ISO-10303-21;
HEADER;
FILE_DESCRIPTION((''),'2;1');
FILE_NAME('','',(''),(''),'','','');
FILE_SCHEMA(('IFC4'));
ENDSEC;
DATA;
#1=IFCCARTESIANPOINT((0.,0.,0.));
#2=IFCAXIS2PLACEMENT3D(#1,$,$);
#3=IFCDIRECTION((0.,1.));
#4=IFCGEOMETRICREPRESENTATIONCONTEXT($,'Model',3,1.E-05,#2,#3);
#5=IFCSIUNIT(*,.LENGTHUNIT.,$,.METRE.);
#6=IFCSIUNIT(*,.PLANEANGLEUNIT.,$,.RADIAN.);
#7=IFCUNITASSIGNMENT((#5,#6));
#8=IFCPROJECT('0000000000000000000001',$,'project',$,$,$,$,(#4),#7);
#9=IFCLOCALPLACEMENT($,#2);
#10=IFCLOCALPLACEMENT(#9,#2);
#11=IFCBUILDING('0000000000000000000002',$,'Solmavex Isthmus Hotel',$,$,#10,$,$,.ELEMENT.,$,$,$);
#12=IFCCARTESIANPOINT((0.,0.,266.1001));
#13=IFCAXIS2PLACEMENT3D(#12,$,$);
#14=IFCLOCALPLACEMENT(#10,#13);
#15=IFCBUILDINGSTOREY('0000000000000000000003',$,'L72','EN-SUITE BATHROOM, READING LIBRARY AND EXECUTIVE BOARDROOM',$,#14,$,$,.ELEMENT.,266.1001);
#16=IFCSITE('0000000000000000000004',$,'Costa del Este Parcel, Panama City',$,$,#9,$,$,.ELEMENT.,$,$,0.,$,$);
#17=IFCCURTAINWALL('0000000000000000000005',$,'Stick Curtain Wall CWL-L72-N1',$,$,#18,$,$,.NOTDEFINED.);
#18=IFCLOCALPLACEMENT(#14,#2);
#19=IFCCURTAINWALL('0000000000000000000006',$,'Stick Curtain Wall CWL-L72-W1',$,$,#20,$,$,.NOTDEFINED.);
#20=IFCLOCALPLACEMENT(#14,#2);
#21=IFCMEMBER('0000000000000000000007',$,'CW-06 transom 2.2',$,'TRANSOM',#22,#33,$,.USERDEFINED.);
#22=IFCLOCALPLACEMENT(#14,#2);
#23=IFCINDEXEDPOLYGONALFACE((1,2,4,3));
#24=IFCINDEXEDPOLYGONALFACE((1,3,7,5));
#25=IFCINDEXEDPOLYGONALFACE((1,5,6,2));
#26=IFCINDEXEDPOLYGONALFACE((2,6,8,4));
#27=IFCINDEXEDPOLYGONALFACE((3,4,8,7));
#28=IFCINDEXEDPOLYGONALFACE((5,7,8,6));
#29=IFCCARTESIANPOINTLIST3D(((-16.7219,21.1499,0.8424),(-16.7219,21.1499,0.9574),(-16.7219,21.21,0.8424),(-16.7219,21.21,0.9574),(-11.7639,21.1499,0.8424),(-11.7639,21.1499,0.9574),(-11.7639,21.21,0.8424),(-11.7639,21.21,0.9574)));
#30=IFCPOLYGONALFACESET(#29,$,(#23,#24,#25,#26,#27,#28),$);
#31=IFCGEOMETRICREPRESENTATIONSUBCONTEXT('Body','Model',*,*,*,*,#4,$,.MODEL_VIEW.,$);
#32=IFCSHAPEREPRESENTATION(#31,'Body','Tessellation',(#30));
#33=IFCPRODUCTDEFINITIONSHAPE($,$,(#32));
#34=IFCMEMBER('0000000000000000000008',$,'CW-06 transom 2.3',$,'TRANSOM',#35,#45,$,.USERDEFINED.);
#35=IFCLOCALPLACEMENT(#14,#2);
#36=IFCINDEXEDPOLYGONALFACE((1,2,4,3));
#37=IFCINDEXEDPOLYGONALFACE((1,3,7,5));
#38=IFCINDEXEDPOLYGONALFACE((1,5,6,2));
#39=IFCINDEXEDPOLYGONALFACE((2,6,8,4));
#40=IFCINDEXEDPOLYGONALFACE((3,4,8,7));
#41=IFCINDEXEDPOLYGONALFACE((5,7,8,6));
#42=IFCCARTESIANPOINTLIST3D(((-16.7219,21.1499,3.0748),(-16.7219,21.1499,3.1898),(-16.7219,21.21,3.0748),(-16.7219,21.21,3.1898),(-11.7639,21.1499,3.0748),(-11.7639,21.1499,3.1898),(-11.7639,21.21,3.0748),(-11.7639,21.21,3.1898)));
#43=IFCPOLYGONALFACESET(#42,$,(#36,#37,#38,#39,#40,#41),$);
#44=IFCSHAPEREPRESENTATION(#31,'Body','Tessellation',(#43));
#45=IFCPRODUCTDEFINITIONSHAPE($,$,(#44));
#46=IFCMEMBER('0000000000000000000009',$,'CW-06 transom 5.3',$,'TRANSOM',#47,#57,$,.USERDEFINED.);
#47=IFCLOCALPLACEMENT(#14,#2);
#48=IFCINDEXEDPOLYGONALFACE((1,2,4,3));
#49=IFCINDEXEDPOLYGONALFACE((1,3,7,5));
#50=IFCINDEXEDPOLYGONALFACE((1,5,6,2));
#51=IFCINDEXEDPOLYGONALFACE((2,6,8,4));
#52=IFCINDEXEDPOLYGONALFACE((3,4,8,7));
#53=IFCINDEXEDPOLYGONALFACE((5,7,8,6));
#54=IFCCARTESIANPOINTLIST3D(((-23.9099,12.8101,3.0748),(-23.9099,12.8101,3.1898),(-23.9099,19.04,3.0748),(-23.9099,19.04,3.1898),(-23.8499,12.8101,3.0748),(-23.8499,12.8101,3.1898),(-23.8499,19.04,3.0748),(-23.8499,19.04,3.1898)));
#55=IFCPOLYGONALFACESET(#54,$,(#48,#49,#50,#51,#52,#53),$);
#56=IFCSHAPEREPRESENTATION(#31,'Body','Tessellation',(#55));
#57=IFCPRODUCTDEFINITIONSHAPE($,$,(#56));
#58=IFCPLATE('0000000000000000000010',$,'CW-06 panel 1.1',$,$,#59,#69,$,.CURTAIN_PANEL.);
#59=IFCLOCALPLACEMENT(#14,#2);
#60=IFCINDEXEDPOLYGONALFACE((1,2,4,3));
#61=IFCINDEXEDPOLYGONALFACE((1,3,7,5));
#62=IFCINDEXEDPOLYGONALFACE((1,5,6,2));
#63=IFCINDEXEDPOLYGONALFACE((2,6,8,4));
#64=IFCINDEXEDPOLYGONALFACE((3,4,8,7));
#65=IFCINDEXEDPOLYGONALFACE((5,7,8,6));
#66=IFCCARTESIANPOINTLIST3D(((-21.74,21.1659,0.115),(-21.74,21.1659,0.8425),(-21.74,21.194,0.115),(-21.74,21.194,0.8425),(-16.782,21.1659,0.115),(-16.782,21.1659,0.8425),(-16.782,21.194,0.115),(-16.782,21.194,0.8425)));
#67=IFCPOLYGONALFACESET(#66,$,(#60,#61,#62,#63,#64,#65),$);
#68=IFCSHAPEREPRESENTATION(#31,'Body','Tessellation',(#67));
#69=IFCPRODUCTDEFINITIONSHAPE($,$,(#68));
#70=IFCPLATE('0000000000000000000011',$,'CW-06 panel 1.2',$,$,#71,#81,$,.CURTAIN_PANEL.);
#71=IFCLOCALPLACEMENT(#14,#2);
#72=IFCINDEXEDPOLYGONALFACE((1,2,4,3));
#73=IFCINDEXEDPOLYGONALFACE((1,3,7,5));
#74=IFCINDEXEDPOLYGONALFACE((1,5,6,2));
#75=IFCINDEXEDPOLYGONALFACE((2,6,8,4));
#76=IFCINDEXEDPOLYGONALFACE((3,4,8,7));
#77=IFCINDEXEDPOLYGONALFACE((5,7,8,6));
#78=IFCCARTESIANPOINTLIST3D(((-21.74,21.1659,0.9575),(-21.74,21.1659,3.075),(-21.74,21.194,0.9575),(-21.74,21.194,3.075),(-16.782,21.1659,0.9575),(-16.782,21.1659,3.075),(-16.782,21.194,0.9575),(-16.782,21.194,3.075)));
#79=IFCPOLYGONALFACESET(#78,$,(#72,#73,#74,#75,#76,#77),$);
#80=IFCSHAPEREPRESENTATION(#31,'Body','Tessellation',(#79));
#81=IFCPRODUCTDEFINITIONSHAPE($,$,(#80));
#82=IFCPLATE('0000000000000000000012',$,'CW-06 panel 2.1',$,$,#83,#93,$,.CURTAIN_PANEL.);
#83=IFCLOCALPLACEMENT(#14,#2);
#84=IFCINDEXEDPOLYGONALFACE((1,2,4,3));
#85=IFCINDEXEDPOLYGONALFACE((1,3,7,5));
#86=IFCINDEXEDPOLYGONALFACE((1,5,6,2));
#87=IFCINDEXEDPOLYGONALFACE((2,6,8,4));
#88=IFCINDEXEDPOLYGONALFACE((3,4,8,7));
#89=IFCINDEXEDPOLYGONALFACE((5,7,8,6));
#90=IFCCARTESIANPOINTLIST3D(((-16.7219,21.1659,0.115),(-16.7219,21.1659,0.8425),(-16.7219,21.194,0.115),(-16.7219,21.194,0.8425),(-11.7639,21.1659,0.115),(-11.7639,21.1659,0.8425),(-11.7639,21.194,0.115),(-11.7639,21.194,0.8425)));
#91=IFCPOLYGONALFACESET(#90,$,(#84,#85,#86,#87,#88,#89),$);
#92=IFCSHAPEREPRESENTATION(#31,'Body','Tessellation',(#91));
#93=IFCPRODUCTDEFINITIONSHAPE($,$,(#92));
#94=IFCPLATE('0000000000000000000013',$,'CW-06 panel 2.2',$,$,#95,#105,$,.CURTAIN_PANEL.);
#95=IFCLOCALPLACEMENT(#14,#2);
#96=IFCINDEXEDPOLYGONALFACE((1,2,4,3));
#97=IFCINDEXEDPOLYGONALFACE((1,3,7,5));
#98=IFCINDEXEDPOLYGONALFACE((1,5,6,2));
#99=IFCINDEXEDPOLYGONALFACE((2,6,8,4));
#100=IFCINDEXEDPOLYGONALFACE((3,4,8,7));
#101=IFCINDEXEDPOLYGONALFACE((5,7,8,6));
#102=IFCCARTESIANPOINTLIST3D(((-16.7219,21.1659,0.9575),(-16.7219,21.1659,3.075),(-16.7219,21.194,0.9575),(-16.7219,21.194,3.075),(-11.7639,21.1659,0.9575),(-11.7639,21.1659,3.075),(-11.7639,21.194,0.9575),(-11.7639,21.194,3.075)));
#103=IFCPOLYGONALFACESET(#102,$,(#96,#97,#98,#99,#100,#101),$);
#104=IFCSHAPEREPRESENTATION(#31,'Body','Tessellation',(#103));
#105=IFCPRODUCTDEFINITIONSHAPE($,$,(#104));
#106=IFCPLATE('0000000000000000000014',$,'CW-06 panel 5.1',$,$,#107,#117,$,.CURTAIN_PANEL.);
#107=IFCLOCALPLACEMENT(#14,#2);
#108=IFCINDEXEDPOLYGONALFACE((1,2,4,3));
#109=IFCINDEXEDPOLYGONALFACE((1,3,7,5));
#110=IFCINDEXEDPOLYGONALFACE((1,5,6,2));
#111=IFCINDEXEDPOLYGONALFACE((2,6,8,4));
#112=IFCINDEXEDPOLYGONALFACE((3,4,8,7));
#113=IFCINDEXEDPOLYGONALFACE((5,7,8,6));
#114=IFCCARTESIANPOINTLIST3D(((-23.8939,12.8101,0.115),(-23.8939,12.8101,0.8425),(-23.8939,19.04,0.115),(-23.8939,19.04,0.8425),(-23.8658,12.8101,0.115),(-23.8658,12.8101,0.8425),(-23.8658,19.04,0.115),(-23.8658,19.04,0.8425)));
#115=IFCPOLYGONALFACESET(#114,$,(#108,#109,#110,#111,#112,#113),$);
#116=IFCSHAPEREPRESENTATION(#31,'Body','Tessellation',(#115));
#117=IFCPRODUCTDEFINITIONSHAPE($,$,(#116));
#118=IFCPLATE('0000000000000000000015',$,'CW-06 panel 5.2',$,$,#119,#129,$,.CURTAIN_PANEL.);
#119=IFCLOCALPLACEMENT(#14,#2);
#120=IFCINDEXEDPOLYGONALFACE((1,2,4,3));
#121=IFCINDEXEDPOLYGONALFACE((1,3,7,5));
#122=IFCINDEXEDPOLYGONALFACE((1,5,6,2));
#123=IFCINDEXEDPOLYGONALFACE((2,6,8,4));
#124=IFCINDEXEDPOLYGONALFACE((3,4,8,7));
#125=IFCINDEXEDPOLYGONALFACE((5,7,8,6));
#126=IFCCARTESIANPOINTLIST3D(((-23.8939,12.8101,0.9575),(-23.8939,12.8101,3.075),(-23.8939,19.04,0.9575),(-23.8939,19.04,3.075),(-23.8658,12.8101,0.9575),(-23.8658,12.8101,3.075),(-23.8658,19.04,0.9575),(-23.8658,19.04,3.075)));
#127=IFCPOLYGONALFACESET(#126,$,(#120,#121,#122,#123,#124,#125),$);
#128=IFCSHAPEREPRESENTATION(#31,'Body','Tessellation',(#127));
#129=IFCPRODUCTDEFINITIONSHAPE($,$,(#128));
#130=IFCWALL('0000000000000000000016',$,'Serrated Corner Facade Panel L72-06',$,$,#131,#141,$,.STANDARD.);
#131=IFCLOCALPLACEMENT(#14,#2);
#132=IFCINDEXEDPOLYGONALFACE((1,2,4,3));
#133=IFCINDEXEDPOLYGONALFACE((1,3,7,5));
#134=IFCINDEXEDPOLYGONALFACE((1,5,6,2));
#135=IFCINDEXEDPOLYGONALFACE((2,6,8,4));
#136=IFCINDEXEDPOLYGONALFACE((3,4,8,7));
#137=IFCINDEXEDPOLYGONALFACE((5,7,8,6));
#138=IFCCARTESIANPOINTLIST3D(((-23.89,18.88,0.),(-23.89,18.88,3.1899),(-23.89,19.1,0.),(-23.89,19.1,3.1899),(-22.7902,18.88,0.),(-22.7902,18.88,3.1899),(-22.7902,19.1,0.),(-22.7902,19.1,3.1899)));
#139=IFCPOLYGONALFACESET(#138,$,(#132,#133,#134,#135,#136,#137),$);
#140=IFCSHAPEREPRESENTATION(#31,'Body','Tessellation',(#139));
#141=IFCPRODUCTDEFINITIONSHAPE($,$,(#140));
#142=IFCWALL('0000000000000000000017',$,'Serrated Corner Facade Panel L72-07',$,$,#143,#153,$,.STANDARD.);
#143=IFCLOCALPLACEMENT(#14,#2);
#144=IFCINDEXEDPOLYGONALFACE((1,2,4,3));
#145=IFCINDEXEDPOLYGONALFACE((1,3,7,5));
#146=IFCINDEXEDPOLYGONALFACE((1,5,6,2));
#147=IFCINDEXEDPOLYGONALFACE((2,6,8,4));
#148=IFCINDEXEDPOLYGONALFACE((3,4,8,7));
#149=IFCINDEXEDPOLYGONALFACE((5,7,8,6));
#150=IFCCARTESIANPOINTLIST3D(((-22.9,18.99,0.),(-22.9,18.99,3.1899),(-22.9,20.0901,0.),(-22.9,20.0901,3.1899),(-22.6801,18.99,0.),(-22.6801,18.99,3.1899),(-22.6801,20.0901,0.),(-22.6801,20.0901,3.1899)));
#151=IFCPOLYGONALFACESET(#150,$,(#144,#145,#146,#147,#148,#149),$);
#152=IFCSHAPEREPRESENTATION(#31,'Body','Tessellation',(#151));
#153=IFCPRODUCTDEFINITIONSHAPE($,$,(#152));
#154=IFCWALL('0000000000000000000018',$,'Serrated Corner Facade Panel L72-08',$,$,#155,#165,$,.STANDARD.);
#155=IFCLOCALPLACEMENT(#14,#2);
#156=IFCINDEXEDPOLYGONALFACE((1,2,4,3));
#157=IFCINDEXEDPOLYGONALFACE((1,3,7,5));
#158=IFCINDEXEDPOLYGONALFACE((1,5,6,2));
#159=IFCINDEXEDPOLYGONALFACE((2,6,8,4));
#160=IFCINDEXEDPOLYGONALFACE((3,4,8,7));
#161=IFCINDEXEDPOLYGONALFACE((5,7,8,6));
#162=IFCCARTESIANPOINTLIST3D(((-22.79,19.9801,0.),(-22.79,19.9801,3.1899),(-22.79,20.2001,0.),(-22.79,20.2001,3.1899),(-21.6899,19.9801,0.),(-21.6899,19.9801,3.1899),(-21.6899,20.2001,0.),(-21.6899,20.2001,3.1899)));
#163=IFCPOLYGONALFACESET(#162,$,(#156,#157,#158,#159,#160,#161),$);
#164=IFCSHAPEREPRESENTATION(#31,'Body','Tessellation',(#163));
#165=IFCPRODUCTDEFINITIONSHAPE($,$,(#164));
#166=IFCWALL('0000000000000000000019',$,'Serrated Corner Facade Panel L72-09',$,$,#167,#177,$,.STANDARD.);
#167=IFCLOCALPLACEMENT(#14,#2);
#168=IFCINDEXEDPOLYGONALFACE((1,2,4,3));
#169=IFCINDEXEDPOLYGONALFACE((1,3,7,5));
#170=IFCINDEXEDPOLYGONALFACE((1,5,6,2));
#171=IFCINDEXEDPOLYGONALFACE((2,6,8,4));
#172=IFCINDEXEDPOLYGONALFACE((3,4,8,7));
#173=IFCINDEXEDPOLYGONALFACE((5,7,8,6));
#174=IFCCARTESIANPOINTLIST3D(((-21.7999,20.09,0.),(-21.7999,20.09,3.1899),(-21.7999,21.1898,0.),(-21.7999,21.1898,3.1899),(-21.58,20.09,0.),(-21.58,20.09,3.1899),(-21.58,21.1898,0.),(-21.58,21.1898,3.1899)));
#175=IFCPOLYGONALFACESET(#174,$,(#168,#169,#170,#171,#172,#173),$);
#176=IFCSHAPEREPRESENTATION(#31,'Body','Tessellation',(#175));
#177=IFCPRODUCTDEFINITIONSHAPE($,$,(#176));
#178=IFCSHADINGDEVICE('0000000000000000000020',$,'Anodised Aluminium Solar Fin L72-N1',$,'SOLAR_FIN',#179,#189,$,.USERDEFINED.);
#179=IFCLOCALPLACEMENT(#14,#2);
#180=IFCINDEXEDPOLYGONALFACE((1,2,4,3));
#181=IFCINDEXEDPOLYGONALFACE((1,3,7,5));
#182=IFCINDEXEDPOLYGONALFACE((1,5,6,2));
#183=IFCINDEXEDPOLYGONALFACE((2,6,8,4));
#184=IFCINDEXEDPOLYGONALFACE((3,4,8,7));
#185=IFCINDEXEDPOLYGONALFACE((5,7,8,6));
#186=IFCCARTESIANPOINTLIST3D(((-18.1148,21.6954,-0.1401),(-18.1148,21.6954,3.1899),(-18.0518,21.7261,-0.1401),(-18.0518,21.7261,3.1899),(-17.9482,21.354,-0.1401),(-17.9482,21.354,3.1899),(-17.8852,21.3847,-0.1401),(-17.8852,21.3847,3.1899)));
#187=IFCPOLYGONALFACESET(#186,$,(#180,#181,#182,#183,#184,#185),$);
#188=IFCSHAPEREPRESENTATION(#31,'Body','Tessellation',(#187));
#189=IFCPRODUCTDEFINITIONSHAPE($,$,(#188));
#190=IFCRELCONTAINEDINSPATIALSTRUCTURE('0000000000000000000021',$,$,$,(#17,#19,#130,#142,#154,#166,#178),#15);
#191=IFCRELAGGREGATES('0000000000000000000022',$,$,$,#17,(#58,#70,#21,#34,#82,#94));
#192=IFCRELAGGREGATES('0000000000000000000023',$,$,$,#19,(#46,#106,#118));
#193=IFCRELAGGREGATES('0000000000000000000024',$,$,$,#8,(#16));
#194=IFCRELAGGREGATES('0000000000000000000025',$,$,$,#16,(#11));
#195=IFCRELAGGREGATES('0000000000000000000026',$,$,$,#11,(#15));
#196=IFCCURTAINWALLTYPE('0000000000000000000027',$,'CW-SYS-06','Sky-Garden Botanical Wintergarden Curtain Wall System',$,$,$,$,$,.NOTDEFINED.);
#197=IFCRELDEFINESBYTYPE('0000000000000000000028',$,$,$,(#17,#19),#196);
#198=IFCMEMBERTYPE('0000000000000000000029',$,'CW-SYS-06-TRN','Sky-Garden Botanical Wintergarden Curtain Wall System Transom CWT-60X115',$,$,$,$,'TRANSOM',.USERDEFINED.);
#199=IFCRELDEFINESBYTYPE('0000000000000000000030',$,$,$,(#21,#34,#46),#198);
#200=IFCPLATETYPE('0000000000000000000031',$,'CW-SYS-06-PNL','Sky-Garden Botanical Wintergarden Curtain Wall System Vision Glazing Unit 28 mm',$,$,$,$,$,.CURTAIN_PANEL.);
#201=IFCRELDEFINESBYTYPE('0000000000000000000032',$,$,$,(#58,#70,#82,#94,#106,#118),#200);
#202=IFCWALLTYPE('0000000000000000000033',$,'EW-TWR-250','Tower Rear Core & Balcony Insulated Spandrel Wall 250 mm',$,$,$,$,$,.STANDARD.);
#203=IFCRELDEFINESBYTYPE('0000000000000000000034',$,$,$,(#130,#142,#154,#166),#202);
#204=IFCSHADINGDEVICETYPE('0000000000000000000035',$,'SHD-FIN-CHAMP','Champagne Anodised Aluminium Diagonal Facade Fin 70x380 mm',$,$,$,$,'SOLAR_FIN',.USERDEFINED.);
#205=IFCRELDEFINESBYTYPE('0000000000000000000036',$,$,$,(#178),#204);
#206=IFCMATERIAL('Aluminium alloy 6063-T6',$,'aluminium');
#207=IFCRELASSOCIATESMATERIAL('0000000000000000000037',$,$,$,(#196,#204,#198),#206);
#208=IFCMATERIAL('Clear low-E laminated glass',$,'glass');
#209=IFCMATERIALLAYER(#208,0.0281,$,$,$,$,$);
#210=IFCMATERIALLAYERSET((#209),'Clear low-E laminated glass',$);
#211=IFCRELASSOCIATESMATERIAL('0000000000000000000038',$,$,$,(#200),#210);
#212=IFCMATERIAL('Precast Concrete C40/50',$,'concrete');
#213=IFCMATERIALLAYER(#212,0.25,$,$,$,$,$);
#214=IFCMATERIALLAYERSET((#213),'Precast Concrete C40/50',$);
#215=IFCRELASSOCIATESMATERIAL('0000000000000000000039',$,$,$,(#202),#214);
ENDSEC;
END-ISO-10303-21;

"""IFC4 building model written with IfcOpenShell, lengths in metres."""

from ifc_helpers import new_model, si_unit, direction, frame, frame_2d, origin, origin_2d, place, context, subcontext, project, spatial, rectangle, extrude, material, layer, layer_set, material_profile, profile_set, type_object, element, aggregate, save


model = new_model("IFC4")

# Units and contexts
model_context = context("Model", 3, precision=1e-05, world=origin(), true_north=direction((0.0, 1.0)))
body_context = subcontext(model_context, "Body", "Model", "MODEL_VIEW")
ifc_project = project(units=[si_unit("LENGTHUNIT", "METRE"), si_unit("PLANEANGLEUNIT", "RADIAN")], contexts=[model_context])

# Site, building, storey
site_placement = place(None, origin())
site = spatial("IfcSite", under=ifc_project, at=site_placement, Name="Costa del Este Parcel, Panama City", CompositionType="ELEMENT", RefElevation=0.0)
building_placement = place(site_placement, origin())
building = spatial("IfcBuilding", under=site, at=building_placement, Name="Solmavex Isthmus Hotel", CompositionType="ELEMENT")
storey_placement = place(building_placement, frame((0.0, 0.0, 266.1001)))
storey = spatial("IfcBuildingStorey", under=building, at=storey_placement, Name="L72", Description="EN-SUITE BATHROOM, READING LIBRARY AND EXECUTIVE BOARDROOM", CompositionType="ELEMENT", Elevation=266.1001)

# Curtain wall
ifc_material_1 = material(Name="Aluminium alloy 6063-T6", Category="aluminium")
curtain_wall_type = type_object("IfcCurtainWallType", Name="CW-SYS-06", Description="Sky-Garden Botanical Wintergarden Curtain Wall System", PredefinedType="NOTDEFINED", material=ifc_material_1)
curtain_wall_1_placement = place(storey_placement, origin())
curtain_wall_1 = element("IfcCurtainWall", 1, at=curtain_wall_1_placement, inside=storey, type_object=curtain_wall_type, Name="Stick Curtain Wall CWL-L72-N1", PredefinedType="NOTDEFINED")

# Curtain wall
curtain_wall_2_placement = place(storey_placement, origin())
curtain_wall_2 = element("IfcCurtainWall", 2, at=curtain_wall_2_placement, inside=storey, type_object=curtain_wall_type, Name="Stick Curtain Wall CWL-L72-W1", PredefinedType="NOTDEFINED")

# Members
ifc_material_profile_1 = material_profile(ifc_material_1, rectangle(XDim=0.0601, YDim=0.115, at=origin_2d()), Name="CWT-60X115")
ifc_profile_set_1 = profile_set([ifc_material_profile_1], Name="Aluminium alloy 6063-T6")
member_type_1 = type_object("IfcMemberType", Name="CW-SYS-06-TRN", Description="Sky-Garden Botanical Wintergarden Curtain Wall System Transom CWT-60X115", ElementType="TRANSOM", PredefinedType="USERDEFINED", material=ifc_profile_set_1)
member_1_placement = place(storey_placement, frame((-16.7219, 21.1799, 0.8999), z_axis=(1.0, 0.0, 0.0), x_axis=(0.0, 1.0, 0.0)))
member_1 = element("IfcMember", 3, at=member_1_placement, type_object=member_type_1, Name="CW-06 transom 2.2", ObjectType="TRANSOM", PredefinedType="USERDEFINED", context=body_context, shape_type="SweptSolid", body=[
    extrude(rectangle(XDim=0.0601, YDim=0.115, at=origin_2d()), origin(), (0.0, 0.0, 1.0), 4.958),
])
member_2_placement = place(storey_placement, frame((-16.7219, 21.1799, 3.1323), z_axis=(1.0, 0.0, 0.0), x_axis=(0.0, 1.0, 0.0)))
member_2 = element("IfcMember", 4, at=member_2_placement, type_object=member_type_1, Name="CW-06 transom 2.3", ObjectType="TRANSOM", PredefinedType="USERDEFINED", context=body_context, shape_type="SweptSolid", body=[
    extrude(rectangle(XDim=0.0601, YDim=0.115, at=origin_2d()), origin(), (0.0, 0.0, 1.0), 4.958),
])
member_3_placement = place(storey_placement, frame((-23.8799, 12.8101, 3.1323), z_axis=(0.0, 1.0, 0.0), x_axis=(-1.0, 0.0, 0.0)))
member_3 = element("IfcMember", 5, at=member_3_placement, type_object=member_type_1, Name="CW-06 transom 5.3", ObjectType="TRANSOM", PredefinedType="USERDEFINED", context=body_context, shape_type="SweptSolid", body=[
    extrude(rectangle(XDim=0.0601, YDim=0.115, at=origin_2d()), origin(), (0.0, 0.0, 1.0), 6.23),
])

# Plates
ifc_material_2 = material(Name="Clear low-E laminated glass", Category="glass")
ifc_layer_1 = layer(ifc_material_2, 0.0281)
ifc_layer_set_1 = layer_set([ifc_layer_1], Name="Clear low-E laminated glass")
plate_type = type_object("IfcPlateType", Name="CW-SYS-06-PNL", Description="Sky-Garden Botanical Wintergarden Curtain Wall System Vision Glazing Unit 28 mm", PredefinedType="CURTAIN_PANEL", material=ifc_layer_set_1)
plate_1_placement = place(storey_placement, frame((-19.261, 21.1799, 0.115), z_axis=(0.0, 0.0, 1.0), x_axis=(1.0, 0.0, 0.0)))
plate_1 = element("IfcPlate", 6, at=plate_1_placement, type_object=plate_type, Name="CW-06 panel 1.1", PredefinedType="CURTAIN_PANEL", context=body_context, shape_type="SweptSolid", body=[
    extrude(rectangle(XDim=4.958, YDim=0.0281, at=origin_2d()), origin(), (0.0, 0.0, 1.0), 0.7275),
])
plate_2_placement = place(storey_placement, frame((-19.261, 21.1799, 0.9575), z_axis=(0.0, 0.0, 1.0), x_axis=(1.0, 0.0, 0.0)))
plate_2 = element("IfcPlate", 7, at=plate_2_placement, type_object=plate_type, Name="CW-06 panel 1.2", PredefinedType="CURTAIN_PANEL", context=body_context, shape_type="SweptSolid", body=[
    extrude(rectangle(XDim=4.958, YDim=0.0281, at=origin_2d()), origin(), (0.0, 0.0, 1.0), 2.1174),
])
plate_3_placement = place(storey_placement, frame((-14.2429, 21.1799, 0.115), z_axis=(0.0, 0.0, 1.0), x_axis=(1.0, 0.0, 0.0)))
plate_3 = element("IfcPlate", 8, at=plate_3_placement, type_object=plate_type, Name="CW-06 panel 2.1", PredefinedType="CURTAIN_PANEL", context=body_context, shape_type="SweptSolid", body=[
    extrude(rectangle(XDim=4.958, YDim=0.0281, at=origin_2d()), origin(), (0.0, 0.0, 1.0), 0.7275),
])
plate_4_placement = place(storey_placement, frame((-14.2429, 21.1799, 0.9575), z_axis=(0.0, 0.0, 1.0), x_axis=(1.0, 0.0, 0.0)))
plate_4 = element("IfcPlate", 9, at=plate_4_placement, type_object=plate_type, Name="CW-06 panel 2.2", PredefinedType="CURTAIN_PANEL", context=body_context, shape_type="SweptSolid", body=[
    extrude(rectangle(XDim=4.958, YDim=0.0281, at=origin_2d()), origin(), (0.0, 0.0, 1.0), 2.1174),
])
aggregate(curtain_wall_1, [plate_1, plate_2, member_1, member_2, plate_3, plate_4])
plate_5_placement = place(storey_placement, frame((-23.8799, 15.925, 0.115), z_axis=(0.0, 0.0, 1.0), x_axis=(0.0, 1.0, 0.0)))
plate_5 = element("IfcPlate", 10, at=plate_5_placement, type_object=plate_type, Name="CW-06 panel 5.1", PredefinedType="CURTAIN_PANEL", context=body_context, shape_type="SweptSolid", body=[
    extrude(rectangle(XDim=6.23, YDim=0.0281, at=origin_2d()), origin(), (0.0, 0.0, 1.0), 0.7275),
])
plate_6_placement = place(storey_placement, frame((-23.8799, 15.925, 0.9575), z_axis=(0.0, 0.0, 1.0), x_axis=(0.0, 1.0, 0.0)))
plate_6 = element("IfcPlate", 11, at=plate_6_placement, type_object=plate_type, Name="CW-06 panel 5.2", PredefinedType="CURTAIN_PANEL", context=body_context, shape_type="SweptSolid", body=[
    extrude(rectangle(XDim=6.23, YDim=0.0281, at=origin_2d()), origin(), (0.0, 0.0, 1.0), 2.1174),
])
aggregate(curtain_wall_2, [member_3, plate_5, plate_6])

# Walls
ifc_material_3 = material(Name="Precast Concrete C40/50", Category="concrete")
ifc_layer_2 = layer(ifc_material_3, 0.25)
ifc_layer_set_2 = layer_set([ifc_layer_2], Name="Precast Concrete C40/50")
wall_type = type_object("IfcWallType", Name="EW-TWR-250", Description="Tower Rear Core & Balcony Insulated Spandrel Wall 250 mm", PredefinedType="STANDARD", material=ifc_layer_set_2)
wall_1_placement = place(storey_placement, frame((-23.8899, 18.99, 0.0), z_axis=(0.0, 0.0, 1.0), x_axis=(1.0, 0.0, 0.0)))
element("IfcWall", 12, at=wall_1_placement, inside=storey, type_object=wall_type, Name="Serrated Corner Facade Panel L72-06", PredefinedType="STANDARD", context=body_context, shape_type="SweptSolid", body=[
    extrude(rectangle(XDim=1.0999, YDim=0.22, at=frame_2d((0.5498, 0.0))), origin(), (0.0, 0.0, 1.0), 3.1899),
])
for number, where, z_axis, x_axis, name in (
    (13, (-22.79, 18.99, 0.0), (0.0, 0.0, 1.0), (0.0, 1.0, 0.0), "Serrated Corner Facade Panel L72-07"),
    (14, (-22.79, 20.0901, 0.0), (0.0, 0.0, 1.0), (1.0, 0.0, 0.0), "Serrated Corner Facade Panel L72-08"),
):
    element("IfcWall", number, at=place(storey_placement, frame(where, z_axis=z_axis, x_axis=x_axis)), inside=storey, type_object=wall_type, Name=name, PredefinedType="STANDARD", context=body_context, shape_type="SweptSolid", body=[
        extrude(rectangle(XDim=1.1001, YDim=0.22, at=frame_2d((0.55, 0.0))), origin(), (0.0, 0.0, 1.0), 3.1899),
    ])
wall_2_placement = place(storey_placement, frame((-21.6899, 20.0901, 0.0), z_axis=(0.0, 0.0, 1.0), x_axis=(0.0, 1.0, 0.0)))
element("IfcWall", 15, at=wall_2_placement, inside=storey, type_object=wall_type, Name="Serrated Corner Facade Panel L72-09", PredefinedType="STANDARD", context=body_context, shape_type="SweptSolid", body=[
    extrude(rectangle(XDim=1.0999, YDim=0.22, at=frame_2d((0.5498, 0.0))), origin(), (0.0, 0.0, 1.0), 3.1899),
])

# Shading device
shading_device_type = type_object("IfcShadingDeviceType", Name="SHD-FIN-CHAMP", Description="Champagne Anodised Aluminium Diagonal Facade Fin 70x380 mm", ElementType="SOLAR_FIN", PredefinedType="USERDEFINED", material=ifc_material_1)
shading_device_placement = place(storey_placement, frame((-18.0, 21.54, -0.1401), z_axis=(0.0, 0.0, 1.0), x_axis=(-0.438371, 0.898794, 0.0)))
element("IfcShadingDevice", 16, at=shading_device_placement, inside=storey, type_object=shading_device_type, Name="Anodised Aluminium Solar Fin L72-N1", ObjectType="SOLAR_FIN", PredefinedType="USERDEFINED", context=body_context, shape_type="SweptSolid", body=[
    extrude(rectangle(XDim=0.3799, YDim=0.0701, at=origin_2d()), origin(), (0.0, 0.0, 1.0), 3.3301),
])

save(model, "model.ifc")
